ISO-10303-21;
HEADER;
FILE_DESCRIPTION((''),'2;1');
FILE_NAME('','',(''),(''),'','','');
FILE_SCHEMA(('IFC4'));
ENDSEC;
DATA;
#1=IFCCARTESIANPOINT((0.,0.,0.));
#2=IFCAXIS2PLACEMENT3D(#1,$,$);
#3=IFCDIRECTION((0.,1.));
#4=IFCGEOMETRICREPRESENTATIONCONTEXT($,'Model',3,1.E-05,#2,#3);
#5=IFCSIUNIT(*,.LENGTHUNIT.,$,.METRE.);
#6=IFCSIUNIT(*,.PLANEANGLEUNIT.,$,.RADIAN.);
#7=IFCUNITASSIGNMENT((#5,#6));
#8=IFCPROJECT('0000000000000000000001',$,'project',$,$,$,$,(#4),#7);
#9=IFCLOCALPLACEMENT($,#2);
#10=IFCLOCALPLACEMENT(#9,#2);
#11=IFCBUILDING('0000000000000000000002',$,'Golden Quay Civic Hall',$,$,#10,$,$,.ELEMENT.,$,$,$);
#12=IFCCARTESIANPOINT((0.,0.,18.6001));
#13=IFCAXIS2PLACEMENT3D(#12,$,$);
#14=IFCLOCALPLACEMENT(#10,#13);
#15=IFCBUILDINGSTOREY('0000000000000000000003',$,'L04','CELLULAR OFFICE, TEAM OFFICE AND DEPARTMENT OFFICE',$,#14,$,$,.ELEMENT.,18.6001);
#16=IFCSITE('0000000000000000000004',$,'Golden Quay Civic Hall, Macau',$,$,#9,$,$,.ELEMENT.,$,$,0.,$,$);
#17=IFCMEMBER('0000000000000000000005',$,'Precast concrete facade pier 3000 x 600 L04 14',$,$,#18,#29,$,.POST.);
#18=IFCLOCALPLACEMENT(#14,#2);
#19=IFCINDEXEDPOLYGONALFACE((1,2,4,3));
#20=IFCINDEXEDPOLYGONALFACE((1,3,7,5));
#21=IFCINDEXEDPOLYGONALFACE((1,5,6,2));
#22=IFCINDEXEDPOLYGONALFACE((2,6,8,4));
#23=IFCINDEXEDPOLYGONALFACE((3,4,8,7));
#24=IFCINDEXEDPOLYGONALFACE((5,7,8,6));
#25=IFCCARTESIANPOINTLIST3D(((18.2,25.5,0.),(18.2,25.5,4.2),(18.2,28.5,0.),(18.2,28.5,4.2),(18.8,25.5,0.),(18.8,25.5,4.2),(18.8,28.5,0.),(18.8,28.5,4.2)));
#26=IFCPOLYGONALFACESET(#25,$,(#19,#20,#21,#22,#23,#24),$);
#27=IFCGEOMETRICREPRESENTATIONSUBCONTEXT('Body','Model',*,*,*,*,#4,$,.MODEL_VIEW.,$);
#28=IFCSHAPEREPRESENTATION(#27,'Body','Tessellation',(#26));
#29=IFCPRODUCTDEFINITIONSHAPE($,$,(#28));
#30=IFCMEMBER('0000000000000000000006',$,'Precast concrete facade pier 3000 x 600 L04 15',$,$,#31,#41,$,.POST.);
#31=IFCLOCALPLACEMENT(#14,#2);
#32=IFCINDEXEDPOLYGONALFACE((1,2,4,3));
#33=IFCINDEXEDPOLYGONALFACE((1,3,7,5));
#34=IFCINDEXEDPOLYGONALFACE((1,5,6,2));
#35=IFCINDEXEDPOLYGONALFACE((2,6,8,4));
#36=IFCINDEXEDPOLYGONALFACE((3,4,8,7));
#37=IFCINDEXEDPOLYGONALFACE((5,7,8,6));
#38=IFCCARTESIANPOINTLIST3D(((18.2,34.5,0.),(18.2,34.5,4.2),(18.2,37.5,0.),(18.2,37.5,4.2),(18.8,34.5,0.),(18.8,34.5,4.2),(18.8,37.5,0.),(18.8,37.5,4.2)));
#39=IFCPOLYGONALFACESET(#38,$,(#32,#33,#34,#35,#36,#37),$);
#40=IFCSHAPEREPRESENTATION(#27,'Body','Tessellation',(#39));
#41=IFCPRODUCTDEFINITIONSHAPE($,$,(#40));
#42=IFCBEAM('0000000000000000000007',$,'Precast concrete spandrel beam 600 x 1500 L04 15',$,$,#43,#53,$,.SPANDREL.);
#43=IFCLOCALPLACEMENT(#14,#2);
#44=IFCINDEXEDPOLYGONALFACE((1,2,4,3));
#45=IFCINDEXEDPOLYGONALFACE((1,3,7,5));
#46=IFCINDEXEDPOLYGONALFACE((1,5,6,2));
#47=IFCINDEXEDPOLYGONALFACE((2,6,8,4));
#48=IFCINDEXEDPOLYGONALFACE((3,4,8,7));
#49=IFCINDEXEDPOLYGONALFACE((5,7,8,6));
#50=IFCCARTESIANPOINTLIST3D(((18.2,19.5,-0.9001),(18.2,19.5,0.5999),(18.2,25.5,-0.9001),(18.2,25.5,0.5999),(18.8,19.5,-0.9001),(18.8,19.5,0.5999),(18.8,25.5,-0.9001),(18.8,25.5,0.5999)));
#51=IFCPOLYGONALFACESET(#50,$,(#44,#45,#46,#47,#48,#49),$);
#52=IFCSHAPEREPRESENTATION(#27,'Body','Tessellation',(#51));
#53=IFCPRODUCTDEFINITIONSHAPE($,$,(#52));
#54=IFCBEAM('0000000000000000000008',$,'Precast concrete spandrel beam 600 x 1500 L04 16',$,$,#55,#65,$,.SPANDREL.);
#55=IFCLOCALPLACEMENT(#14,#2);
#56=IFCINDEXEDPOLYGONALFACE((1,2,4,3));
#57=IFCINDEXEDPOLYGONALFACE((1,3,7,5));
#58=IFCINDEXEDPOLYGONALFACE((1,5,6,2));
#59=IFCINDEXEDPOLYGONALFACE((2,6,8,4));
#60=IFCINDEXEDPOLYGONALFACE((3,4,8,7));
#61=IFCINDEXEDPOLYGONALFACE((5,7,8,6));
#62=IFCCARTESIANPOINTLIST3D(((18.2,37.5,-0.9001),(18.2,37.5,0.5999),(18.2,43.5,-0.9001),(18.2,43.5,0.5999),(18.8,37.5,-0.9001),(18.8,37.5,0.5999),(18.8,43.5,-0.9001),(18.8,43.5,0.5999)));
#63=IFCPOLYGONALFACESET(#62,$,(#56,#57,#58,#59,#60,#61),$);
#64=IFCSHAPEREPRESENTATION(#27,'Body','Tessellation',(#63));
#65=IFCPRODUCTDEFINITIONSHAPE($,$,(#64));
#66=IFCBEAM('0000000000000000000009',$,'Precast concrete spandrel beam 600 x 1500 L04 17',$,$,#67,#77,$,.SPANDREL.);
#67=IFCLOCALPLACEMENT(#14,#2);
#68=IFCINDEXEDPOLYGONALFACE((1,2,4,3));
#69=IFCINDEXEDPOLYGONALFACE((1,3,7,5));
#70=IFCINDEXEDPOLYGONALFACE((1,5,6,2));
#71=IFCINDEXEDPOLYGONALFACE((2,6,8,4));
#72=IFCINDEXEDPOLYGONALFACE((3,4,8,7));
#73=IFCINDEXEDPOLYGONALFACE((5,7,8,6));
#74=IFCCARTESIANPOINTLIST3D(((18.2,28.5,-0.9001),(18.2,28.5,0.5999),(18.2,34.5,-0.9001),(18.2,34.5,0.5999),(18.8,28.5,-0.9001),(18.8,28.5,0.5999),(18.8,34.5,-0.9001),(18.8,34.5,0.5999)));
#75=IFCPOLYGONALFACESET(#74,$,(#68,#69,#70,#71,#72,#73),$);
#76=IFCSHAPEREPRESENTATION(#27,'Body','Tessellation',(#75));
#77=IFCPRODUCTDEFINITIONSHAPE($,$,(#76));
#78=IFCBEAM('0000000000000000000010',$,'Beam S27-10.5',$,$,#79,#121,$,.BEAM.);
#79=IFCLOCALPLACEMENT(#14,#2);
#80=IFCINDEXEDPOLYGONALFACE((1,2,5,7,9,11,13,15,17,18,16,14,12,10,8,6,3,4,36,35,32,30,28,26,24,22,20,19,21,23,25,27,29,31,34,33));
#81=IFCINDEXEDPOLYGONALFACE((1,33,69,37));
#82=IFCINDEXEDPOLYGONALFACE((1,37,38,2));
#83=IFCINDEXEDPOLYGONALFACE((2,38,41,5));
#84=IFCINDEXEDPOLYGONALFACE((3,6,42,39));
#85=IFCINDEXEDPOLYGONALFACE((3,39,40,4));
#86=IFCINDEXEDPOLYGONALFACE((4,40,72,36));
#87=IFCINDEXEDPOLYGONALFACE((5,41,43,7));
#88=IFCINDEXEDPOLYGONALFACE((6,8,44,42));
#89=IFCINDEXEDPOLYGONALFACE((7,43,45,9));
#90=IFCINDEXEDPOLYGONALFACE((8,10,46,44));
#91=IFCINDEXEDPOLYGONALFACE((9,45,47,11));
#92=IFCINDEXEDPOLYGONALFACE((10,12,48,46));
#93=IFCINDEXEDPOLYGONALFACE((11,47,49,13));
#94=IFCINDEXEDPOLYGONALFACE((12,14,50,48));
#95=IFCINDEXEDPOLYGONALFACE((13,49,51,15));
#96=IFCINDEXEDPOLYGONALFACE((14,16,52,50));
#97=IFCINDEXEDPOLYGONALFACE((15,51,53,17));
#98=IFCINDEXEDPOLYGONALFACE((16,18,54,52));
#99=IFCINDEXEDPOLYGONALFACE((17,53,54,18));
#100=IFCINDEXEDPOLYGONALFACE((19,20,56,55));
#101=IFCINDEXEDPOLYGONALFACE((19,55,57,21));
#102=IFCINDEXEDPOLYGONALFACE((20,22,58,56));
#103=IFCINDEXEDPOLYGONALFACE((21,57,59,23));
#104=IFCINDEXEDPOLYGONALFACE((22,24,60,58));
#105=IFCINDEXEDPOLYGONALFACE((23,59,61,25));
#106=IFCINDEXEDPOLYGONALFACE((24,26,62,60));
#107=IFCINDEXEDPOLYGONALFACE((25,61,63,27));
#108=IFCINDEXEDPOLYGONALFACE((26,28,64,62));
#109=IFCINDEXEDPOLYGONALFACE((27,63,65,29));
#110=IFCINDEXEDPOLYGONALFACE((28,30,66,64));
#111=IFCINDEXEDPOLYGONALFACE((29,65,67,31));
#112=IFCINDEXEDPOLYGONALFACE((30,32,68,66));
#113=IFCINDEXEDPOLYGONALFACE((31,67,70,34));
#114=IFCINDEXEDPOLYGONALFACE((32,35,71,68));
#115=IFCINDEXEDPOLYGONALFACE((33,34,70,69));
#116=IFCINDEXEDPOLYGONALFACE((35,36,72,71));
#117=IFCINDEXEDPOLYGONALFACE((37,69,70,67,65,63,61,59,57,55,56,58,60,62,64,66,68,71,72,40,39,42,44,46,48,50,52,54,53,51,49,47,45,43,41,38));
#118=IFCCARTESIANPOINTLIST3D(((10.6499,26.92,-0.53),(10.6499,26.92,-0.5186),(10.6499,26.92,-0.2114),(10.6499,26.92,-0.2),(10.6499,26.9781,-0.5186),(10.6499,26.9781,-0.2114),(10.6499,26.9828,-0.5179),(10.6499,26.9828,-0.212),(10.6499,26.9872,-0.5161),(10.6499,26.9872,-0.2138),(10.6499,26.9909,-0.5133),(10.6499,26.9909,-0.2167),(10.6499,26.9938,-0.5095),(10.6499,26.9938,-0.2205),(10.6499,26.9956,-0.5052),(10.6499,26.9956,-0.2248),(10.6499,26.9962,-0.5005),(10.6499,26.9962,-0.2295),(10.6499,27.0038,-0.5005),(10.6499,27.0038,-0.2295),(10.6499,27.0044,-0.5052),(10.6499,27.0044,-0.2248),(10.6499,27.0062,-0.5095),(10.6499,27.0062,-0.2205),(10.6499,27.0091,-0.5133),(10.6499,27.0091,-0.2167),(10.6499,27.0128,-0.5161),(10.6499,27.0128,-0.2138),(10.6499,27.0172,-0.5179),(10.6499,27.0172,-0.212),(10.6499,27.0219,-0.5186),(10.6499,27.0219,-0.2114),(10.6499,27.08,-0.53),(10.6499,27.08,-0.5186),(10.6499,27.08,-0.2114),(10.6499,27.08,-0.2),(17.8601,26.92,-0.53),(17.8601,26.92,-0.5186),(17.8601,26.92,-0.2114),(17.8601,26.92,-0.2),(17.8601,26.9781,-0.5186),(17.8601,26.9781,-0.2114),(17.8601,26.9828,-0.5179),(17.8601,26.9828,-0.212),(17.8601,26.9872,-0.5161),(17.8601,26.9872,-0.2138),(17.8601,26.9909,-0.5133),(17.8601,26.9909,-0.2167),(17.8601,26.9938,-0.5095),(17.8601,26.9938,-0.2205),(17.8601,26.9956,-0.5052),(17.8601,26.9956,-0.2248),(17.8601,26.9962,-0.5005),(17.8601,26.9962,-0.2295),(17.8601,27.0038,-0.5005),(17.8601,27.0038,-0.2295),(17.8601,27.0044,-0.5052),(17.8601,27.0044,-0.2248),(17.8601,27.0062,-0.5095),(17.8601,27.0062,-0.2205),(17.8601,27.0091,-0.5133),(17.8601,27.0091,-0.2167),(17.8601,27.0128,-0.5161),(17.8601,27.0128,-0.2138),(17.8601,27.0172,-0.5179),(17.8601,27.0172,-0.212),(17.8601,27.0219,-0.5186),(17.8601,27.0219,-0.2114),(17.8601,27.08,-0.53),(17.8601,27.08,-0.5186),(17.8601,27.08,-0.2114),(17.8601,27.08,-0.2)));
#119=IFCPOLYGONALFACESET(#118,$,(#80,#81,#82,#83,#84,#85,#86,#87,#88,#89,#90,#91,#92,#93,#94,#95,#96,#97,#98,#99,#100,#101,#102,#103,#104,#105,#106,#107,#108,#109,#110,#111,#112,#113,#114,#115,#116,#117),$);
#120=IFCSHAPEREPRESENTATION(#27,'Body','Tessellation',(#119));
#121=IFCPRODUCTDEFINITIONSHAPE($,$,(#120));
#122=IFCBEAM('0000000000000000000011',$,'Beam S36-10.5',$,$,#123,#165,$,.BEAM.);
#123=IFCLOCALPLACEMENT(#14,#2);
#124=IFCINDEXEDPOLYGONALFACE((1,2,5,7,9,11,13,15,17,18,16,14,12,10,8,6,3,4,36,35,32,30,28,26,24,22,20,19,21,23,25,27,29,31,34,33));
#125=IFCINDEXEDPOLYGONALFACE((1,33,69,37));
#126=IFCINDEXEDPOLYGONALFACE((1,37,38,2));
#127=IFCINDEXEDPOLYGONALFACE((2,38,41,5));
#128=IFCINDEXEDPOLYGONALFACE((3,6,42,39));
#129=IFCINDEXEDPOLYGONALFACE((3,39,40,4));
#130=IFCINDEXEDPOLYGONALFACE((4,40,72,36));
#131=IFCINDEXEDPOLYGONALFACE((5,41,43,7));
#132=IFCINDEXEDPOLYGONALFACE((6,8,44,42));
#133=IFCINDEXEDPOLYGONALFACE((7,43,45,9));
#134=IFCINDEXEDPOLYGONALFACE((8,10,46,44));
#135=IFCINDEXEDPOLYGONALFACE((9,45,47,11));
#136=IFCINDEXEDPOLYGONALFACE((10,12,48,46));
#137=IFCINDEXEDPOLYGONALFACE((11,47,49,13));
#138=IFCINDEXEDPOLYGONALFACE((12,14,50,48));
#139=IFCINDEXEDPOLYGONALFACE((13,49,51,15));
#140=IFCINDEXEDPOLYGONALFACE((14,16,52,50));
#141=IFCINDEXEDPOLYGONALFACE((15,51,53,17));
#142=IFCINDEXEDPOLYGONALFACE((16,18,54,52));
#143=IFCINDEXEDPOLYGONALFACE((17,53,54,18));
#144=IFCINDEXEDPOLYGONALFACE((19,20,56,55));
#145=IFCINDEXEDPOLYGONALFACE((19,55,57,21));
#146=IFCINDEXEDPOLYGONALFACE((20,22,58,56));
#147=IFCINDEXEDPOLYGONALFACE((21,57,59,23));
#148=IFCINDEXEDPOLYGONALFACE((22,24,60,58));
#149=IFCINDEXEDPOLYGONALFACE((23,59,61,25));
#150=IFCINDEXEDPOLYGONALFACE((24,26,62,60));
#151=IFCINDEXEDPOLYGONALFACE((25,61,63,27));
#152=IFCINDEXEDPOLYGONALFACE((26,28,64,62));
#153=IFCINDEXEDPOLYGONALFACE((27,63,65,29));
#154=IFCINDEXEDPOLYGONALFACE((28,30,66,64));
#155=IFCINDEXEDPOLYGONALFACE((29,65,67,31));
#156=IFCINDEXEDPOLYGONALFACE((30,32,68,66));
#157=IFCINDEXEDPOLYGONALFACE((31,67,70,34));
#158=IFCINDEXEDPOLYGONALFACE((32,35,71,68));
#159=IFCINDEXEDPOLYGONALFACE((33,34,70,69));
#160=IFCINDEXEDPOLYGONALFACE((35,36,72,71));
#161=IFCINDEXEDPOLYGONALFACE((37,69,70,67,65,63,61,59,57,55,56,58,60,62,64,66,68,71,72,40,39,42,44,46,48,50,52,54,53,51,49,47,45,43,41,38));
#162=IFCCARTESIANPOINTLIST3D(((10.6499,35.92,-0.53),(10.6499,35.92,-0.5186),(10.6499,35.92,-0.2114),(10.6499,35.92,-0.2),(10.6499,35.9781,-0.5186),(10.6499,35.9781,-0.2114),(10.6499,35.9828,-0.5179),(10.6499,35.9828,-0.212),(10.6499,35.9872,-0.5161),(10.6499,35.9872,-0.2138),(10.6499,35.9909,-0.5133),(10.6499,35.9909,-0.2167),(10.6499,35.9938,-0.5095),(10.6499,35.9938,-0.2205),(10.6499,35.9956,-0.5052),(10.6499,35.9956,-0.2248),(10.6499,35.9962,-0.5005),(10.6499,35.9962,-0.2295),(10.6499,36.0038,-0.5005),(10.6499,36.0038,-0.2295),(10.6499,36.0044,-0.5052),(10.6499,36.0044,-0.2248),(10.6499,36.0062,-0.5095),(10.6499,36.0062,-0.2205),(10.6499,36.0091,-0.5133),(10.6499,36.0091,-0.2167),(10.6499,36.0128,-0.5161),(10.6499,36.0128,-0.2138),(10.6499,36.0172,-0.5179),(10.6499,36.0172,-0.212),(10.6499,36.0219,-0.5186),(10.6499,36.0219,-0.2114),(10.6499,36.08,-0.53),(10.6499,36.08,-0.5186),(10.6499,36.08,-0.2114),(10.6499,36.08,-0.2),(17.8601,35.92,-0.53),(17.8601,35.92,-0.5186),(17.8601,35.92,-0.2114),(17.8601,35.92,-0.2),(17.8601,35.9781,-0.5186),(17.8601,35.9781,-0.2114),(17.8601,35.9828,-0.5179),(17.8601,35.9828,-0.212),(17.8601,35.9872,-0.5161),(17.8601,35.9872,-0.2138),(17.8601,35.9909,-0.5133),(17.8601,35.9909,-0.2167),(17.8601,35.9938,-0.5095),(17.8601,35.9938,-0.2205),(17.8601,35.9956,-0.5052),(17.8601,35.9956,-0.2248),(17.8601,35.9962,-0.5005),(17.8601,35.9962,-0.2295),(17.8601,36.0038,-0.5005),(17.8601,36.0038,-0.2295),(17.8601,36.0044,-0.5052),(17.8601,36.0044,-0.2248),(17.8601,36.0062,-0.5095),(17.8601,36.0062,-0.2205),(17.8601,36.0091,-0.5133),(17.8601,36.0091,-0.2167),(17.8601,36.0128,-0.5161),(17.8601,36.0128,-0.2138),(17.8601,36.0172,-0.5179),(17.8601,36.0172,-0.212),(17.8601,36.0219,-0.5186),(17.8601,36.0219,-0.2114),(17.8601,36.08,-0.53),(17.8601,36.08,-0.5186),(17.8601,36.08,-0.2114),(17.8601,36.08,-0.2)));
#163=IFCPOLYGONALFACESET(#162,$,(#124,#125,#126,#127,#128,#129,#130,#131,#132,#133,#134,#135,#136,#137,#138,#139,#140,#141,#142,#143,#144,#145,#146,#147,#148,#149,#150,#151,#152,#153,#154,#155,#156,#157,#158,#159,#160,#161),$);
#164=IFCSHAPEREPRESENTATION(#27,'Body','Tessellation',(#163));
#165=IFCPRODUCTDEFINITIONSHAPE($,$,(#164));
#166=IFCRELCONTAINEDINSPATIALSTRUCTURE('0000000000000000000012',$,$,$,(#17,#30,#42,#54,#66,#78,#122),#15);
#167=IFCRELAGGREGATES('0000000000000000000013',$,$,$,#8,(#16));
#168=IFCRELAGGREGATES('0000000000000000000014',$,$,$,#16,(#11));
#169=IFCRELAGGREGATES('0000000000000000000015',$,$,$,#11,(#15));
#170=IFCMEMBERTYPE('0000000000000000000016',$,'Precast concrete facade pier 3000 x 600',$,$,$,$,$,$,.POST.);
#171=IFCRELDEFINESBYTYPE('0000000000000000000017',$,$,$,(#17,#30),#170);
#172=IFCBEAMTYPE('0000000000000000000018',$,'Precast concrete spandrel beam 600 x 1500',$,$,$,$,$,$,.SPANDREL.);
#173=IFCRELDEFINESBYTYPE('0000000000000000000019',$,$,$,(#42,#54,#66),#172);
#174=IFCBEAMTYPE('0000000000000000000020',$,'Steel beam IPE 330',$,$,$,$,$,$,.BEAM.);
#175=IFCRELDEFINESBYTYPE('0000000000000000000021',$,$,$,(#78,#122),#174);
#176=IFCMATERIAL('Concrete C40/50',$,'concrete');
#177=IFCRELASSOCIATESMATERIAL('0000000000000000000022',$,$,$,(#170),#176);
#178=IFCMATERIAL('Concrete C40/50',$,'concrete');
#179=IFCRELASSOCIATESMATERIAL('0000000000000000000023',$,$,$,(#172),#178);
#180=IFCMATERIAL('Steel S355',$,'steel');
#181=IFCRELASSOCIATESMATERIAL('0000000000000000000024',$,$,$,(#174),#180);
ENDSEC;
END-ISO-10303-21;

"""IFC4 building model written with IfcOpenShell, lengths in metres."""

from ifc_helpers import new_model, si_unit, direction, frame, origin, origin_2d, place, context, subcontext, project, spatial, rectangle, i_section, extrude, material, material_profile, profile_set, type_object, element, save


model = new_model("IFC4")

# Units and contexts
model_context = context("Model", 3, precision=1e-05, world=origin(), true_north=direction((0.0, 1.0)))
body_context = subcontext(model_context, "Body", "Model", "MODEL_VIEW")
ifc_project = project(units=[si_unit("LENGTHUNIT", "METRE"), si_unit("PLANEANGLEUNIT", "RADIAN")], contexts=[model_context])

# Site, building, storey
site_placement = place(None, origin())
site = spatial("IfcSite", under=ifc_project, at=site_placement, Name="Golden Quay Civic Hall, Macau", CompositionType="ELEMENT", RefElevation=0.0)
building_placement = place(site_placement, origin())
building = spatial("IfcBuilding", under=site, at=building_placement, Name="Golden Quay Civic Hall", CompositionType="ELEMENT")
storey_placement = place(building_placement, frame((0.0, 0.0, 18.6001)))
storey = spatial("IfcBuildingStorey", under=building, at=storey_placement, Name="L04", Description="CELLULAR OFFICE, TEAM OFFICE AND DEPARTMENT OFFICE", CompositionType="ELEMENT", Elevation=18.6001)

# Members
ifc_material_1 = material(Name="Concrete C40/50", Category="concrete")
ifc_material_profile_1 = material_profile(ifc_material_1, rectangle(XDim=3.0, YDim=0.6001, at=origin_2d()), Name="RC 3000x600")
ifc_profile_set_1 = profile_set([ifc_material_profile_1], Name="Concrete C40/50")
member_type = type_object("IfcMemberType", Name="Precast concrete facade pier 3000 x 600", PredefinedType="POST", material=ifc_profile_set_1)
for number, where, z_axis, x_axis, name in (
    (1, (18.5, 27.0, 0.0), (0.0, 0.0, 1.0), (0.0, 1.0, 0.0), "Precast concrete facade pier 3000 x 600 L04 14"),
    (2, (18.5, 36.0, 0.0), (0.0, 0.0, 1.0), (0.0, 1.0, 0.0), "Precast concrete facade pier 3000 x 600 L04 15"),
):
    element("IfcMember", number, at=place(storey_placement, frame(where, z_axis=z_axis, x_axis=x_axis)), inside=storey, type_object=member_type, Name=name, PredefinedType="POST", context=body_context, shape_type="SweptSolid", body=[
        extrude(rectangle(XDim=3.0, YDim=0.6001, at=origin_2d()), origin(), (0.0, 0.0, 1.0), 4.2),
    ])

# Beams
ifc_material_2 = material(Name="Concrete C40/50", Category="concrete")
ifc_material_profile_2 = material_profile(ifc_material_2, rectangle(XDim=0.6001, YDim=1.5, at=origin_2d()), Name="RC 600x1500")
ifc_profile_set_2 = profile_set([ifc_material_profile_2], Name="Concrete C40/50")
beam_type_1 = type_object("IfcBeamType", Name="Precast concrete spandrel beam 600 x 1500", PredefinedType="SPANDREL", material=ifc_profile_set_2)
for number, where, z_axis, x_axis, name in (
    (3, (18.5, 19.5, -0.1501), (0.0, 1.0, 0.0), (-1.0, 0.0, 0.0), "Precast concrete spandrel beam 600 x 1500 L04 15"),
    (4, (18.5, 37.5, -0.1501), (0.0, 1.0, 0.0), (-1.0, 0.0, 0.0), "Precast concrete spandrel beam 600 x 1500 L04 16"),
    (5, (18.5, 28.5, -0.1501), (0.0, 1.0, 0.0), (-1.0, 0.0, 0.0), "Precast concrete spandrel beam 600 x 1500 L04 17"),
):
    element("IfcBeam", number, at=place(storey_placement, frame(where, z_axis=z_axis, x_axis=x_axis)), inside=storey, type_object=beam_type_1, Name=name, PredefinedType="SPANDREL", context=body_context, shape_type="SweptSolid", body=[
        extrude(rectangle(XDim=0.6001, YDim=1.5, at=origin_2d()), origin(), (0.0, 0.0, 1.0), 6.0),
    ])
ifc_material_3 = material(Name="Steel S355", Category="steel")
ifc_material_profile_3 = material_profile(ifc_material_3, i_section(OverallWidth=0.1599, OverallDepth=0.3301, WebThickness=0.0076, FlangeThickness=0.0115, FilletRadius=0.0181, at=origin_2d()), Name="IPE 330")
ifc_profile_set_3 = profile_set([ifc_material_profile_3], Name="Steel S355")
beam_type_2 = type_object("IfcBeamType", Name="Steel beam IPE 330", PredefinedType="BEAM", material=ifc_profile_set_3)
for number, where, z_axis, x_axis, name in (
    (6, (10.6499, 27.0, -0.365), (1.0, 0.0, 0.0), (0.0, 1.0, 0.0), "Beam S27-10.5"),
    (7, (10.6499, 36.0, -0.365), (1.0, 0.0, 0.0), (0.0, 1.0, 0.0), "Beam S36-10.5"),
):
    element("IfcBeam", number, at=place(storey_placement, frame(where, z_axis=z_axis, x_axis=x_axis)), inside=storey, type_object=beam_type_2, Name=name, PredefinedType="BEAM", context=body_context, shape_type="SweptSolid", body=[
        extrude(i_section(OverallWidth=0.1599, OverallDepth=0.3301, WebThickness=0.0076, FlangeThickness=0.0115, FilletRadius=0.0181, at=origin_2d()), origin(), (0.0, 0.0, 1.0), 7.2102),
    ])

save(model, "model.ifc")
